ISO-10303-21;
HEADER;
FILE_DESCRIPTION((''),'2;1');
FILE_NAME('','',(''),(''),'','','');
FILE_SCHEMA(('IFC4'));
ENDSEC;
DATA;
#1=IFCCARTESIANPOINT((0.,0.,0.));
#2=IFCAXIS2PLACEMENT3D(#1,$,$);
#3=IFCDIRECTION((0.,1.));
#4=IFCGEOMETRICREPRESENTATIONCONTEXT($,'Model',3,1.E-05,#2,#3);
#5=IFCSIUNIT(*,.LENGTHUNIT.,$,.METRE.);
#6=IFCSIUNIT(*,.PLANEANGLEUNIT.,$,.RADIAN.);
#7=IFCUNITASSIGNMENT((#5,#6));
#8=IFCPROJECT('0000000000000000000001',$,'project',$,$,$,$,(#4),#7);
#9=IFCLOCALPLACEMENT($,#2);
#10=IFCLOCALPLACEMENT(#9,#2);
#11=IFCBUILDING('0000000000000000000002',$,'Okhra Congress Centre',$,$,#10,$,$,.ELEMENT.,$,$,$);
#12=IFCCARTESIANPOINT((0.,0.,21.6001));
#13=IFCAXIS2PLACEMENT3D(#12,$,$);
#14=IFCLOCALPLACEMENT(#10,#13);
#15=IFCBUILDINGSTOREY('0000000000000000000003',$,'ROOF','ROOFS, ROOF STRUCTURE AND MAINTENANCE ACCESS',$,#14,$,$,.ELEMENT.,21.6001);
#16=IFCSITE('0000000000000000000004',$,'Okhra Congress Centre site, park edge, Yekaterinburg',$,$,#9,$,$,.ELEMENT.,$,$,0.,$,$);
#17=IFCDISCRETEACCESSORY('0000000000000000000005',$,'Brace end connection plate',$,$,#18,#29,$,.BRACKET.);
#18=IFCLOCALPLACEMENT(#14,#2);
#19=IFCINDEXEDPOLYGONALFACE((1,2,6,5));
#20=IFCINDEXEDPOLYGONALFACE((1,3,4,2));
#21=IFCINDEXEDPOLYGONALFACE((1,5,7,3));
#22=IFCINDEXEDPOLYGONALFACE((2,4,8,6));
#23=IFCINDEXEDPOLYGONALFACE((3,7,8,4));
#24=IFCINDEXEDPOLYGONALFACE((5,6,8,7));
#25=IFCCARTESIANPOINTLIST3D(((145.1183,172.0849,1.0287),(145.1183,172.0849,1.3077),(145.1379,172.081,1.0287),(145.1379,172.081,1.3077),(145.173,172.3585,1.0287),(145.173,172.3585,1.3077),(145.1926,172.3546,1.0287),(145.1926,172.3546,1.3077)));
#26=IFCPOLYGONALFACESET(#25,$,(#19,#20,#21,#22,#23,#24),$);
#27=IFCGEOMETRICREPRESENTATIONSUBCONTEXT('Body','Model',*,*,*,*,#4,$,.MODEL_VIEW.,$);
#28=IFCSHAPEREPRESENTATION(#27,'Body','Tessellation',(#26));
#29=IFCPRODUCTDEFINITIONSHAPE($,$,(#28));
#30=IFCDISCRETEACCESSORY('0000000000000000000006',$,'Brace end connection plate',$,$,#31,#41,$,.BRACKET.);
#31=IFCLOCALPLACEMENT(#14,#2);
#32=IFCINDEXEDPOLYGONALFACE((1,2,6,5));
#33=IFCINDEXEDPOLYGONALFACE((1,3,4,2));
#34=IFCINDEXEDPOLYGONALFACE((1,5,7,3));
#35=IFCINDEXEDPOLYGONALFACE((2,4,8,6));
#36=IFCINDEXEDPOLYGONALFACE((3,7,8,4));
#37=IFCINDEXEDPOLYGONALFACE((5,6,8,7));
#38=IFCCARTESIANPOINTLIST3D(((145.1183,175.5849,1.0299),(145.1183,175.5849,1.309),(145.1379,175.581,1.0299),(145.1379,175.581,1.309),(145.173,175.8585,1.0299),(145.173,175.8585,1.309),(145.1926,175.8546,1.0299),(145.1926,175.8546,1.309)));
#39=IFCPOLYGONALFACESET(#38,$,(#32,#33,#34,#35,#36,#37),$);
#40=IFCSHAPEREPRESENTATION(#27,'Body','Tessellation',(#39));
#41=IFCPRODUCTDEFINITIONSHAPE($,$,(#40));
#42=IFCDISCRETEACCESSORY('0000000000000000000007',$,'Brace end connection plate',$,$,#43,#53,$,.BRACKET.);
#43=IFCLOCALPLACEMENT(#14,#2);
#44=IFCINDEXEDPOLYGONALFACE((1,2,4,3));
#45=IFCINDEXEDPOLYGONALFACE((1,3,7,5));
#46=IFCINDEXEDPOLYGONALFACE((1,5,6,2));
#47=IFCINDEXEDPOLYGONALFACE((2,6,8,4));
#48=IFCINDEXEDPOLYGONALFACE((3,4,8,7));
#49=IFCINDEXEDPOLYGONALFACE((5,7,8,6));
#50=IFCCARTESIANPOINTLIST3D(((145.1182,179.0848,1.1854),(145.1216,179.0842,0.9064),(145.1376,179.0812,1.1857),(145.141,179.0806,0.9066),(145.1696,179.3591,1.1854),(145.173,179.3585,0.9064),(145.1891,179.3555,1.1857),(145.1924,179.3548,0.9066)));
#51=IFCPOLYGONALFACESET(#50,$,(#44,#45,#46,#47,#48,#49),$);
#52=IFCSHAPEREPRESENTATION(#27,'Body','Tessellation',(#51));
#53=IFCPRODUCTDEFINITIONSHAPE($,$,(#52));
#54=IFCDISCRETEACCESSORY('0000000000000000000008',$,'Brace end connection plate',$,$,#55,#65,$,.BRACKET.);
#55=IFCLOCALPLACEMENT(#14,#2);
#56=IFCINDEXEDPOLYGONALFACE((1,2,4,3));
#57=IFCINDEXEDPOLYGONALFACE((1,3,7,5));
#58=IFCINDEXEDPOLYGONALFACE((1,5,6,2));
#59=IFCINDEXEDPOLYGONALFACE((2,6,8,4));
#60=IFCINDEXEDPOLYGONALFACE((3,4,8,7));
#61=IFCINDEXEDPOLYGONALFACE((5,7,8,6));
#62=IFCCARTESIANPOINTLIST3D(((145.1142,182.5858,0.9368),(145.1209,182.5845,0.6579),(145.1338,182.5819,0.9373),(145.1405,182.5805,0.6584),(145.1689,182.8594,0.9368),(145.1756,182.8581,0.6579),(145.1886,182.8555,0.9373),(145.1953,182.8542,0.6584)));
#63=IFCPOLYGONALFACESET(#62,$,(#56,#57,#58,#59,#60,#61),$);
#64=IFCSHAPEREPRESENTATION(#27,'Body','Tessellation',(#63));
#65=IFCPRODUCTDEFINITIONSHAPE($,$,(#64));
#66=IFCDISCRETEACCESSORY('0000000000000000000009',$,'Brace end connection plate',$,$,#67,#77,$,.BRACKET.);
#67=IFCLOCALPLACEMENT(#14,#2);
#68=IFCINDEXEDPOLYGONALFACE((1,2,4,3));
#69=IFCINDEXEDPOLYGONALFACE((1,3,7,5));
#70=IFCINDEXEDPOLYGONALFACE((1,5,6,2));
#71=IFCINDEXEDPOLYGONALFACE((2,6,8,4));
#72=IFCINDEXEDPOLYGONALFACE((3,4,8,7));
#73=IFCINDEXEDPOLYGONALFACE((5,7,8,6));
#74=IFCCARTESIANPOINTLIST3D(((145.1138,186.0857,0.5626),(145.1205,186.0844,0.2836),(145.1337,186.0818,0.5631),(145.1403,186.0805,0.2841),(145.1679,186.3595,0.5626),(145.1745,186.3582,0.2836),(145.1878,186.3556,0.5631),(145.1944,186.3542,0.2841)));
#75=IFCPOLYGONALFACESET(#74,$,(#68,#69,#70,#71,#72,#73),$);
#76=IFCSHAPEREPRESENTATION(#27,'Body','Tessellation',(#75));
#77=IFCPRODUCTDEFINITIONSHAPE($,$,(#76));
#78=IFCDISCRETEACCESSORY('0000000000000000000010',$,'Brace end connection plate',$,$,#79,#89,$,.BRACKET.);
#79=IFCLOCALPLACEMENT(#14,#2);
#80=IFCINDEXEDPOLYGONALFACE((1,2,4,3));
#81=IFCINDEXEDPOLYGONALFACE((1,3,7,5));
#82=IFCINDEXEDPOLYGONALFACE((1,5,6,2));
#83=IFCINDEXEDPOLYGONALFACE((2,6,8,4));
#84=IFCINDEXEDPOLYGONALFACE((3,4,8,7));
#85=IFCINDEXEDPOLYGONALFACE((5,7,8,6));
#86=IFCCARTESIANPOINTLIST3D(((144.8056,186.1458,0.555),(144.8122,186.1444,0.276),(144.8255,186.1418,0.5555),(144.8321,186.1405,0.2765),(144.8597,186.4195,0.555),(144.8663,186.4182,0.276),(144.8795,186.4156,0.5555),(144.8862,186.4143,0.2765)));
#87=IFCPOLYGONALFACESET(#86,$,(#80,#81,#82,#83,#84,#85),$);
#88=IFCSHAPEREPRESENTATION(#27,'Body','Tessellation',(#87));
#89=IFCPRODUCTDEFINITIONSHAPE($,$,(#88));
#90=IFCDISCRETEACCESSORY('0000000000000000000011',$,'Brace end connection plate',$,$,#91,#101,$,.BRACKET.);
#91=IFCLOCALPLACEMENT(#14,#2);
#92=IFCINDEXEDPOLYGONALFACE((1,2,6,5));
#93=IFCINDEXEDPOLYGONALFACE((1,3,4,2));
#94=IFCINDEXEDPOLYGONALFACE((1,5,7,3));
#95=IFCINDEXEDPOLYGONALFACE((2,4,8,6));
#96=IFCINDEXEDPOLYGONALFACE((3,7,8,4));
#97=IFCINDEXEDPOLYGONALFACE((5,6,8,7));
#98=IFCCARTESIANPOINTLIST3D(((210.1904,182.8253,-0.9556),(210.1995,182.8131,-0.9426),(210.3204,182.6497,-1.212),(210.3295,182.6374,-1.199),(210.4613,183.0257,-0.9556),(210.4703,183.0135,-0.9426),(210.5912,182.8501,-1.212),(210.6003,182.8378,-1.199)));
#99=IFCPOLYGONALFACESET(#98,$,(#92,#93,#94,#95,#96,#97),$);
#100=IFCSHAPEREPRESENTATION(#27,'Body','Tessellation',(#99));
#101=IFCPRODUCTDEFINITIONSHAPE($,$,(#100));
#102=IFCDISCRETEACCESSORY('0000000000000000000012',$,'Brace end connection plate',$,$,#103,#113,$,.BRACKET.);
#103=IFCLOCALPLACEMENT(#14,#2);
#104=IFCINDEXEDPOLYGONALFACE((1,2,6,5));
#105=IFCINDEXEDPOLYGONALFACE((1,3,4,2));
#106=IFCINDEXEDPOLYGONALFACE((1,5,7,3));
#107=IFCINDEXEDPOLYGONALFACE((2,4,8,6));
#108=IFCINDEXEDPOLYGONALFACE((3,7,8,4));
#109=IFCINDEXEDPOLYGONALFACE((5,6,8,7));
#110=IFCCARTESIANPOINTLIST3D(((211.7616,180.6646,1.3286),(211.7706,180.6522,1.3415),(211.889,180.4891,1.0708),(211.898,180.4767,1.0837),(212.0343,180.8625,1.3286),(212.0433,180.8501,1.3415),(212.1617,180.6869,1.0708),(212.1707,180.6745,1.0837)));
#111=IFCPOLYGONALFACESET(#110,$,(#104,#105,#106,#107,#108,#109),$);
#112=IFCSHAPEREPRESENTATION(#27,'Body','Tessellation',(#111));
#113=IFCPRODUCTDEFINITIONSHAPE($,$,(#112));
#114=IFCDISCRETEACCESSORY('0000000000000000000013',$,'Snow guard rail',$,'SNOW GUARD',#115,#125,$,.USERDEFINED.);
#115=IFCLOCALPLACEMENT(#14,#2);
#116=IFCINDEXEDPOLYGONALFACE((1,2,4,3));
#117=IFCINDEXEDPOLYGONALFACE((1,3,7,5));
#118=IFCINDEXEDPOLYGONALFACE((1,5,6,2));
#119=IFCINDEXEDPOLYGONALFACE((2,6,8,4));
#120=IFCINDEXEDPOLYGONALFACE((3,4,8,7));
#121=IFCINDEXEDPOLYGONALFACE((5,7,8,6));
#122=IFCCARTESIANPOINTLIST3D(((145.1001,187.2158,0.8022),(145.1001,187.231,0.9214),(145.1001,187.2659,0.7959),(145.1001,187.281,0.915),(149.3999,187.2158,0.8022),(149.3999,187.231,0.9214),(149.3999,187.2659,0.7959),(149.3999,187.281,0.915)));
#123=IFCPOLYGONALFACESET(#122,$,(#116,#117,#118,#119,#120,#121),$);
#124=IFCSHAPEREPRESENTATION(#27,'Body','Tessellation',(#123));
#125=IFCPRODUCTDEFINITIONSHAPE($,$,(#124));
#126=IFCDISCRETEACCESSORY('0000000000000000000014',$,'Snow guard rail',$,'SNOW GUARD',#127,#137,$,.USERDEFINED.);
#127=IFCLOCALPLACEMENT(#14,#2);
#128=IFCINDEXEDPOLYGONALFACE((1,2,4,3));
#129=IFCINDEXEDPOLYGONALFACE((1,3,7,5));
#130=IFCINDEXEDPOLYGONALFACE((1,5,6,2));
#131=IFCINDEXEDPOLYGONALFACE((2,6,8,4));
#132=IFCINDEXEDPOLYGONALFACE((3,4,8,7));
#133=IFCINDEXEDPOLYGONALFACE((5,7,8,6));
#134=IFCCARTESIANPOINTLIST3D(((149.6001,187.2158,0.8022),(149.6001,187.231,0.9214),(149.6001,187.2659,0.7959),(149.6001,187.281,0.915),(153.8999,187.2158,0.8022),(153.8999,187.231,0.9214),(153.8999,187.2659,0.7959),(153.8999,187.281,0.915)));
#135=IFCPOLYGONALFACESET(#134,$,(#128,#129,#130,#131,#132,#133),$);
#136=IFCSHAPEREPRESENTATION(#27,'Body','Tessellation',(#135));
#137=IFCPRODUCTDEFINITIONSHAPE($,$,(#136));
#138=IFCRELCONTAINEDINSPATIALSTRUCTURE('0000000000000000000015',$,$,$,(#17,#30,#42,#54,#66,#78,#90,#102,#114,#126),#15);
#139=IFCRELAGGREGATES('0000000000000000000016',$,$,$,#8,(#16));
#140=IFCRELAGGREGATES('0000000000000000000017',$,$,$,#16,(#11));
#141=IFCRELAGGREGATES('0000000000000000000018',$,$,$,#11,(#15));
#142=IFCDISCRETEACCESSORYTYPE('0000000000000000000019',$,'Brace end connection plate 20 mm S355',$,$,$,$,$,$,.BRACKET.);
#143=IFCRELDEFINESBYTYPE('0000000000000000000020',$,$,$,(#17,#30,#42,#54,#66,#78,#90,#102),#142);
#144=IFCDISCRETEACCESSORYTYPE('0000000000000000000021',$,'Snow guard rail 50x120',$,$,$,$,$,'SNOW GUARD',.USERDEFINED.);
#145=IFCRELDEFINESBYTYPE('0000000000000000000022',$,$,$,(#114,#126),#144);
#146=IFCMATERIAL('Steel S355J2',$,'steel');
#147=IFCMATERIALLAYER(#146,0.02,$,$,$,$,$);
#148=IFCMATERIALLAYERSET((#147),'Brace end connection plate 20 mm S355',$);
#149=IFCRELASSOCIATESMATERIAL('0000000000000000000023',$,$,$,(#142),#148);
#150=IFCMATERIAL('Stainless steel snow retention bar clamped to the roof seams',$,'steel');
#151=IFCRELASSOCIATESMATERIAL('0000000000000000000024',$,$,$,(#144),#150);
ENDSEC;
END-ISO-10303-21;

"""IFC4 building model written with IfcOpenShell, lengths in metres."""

from ifc_helpers import new_model, si_unit, direction, frame, origin, origin_2d, place, context, subcontext, project, spatial, polyline, rectangle, outline, extrude, material, layer, layer_set, type_object, element, save


model = new_model("IFC4")

# Units and contexts
model_context = context("Model", 3, precision=1e-05, world=origin(), true_north=direction((0.0, 1.0)))
body_context = subcontext(model_context, "Body", "Model", "MODEL_VIEW")
ifc_project = project(units=[si_unit("LENGTHUNIT", "METRE"), si_unit("PLANEANGLEUNIT", "RADIAN")], contexts=[model_context])

# Site, building, storey
site_placement = place(None, origin())
site = spatial("IfcSite", under=ifc_project, at=site_placement, Name="Okhra Congress Centre site, park edge, Yekaterinburg", CompositionType="ELEMENT", RefElevation=0.0)
building_placement = place(site_placement, origin())
building = spatial("IfcBuilding", under=site, at=building_placement, Name="Okhra Congress Centre", CompositionType="ELEMENT")
storey_placement = place(building_placement, frame((0.0, 0.0, 21.6001)))
storey = spatial("IfcBuildingStorey", under=building, at=storey_placement, Name="ROOF", Description="ROOFS, ROOF STRUCTURE AND MAINTENANCE ACCESS", CompositionType="ELEMENT", Elevation=21.6001)

# Shared definitions
ifc_material_1 = material(Name="Steel S355J2", Category="steel")

# Discrete accessories
ifc_layer_1 = layer(ifc_material_1, 0.02)
ifc_layer_set_1 = layer_set([ifc_layer_1], Name="Brace end connection plate 20 mm S355")
discrete_accessory_type_1 = type_object("IfcDiscreteAccessoryType", Name="Brace end connection plate 20 mm S355", PredefinedType="BRACKET", material=ifc_layer_set_1)
for number, where, z_axis, x_axis, name in (
    (1, (145.1653, 172.2178, 1.1682), (-0.980581, 0.196116, 0.0), (-0.196116, -0.980581, 0.0), "Brace end connection plate"),
    (2, (145.1653, 175.7178, 1.1694), (-0.980581, 0.196116, 0.0), (-0.196116, -0.980581, 0.0), "Brace end connection plate"),
):
    element("IfcDiscreteAccessory", number, at=place(storey_placement, frame(where, z_axis=z_axis, x_axis=x_axis)), inside=storey, type_object=discrete_accessory_type_1, Name=name, PredefinedType="BRACKET", context=body_context, shape_type="SweptSolid", body=[
        extrude(rectangle(XDim=0.2791, YDim=0.2791, at=origin_2d()), origin(), (0.0, 0.0, 1.0), 0.02),
    ])
discrete_accessory_1_placement = place(storey_placement, frame((145.165, 179.218, 1.0461), z_axis=(-0.982798, 0.184275, -0.012285), x_axis=(-0.184289, -0.982872, 0.0)))
element("IfcDiscreteAccessory", 3, at=discrete_accessory_1_placement, inside=storey, type_object=discrete_accessory_type_1, Name="Brace end connection plate", PredefinedType="BRACKET", context=body_context, shape_type="SweptSolid", body=[
    extrude(rectangle(XDim=0.2791, YDim=0.2791, at=origin_2d()), origin(), (0.0, 0.0, 1.0), 0.0198),
])
discrete_accessory_2_placement = place(storey_placement, frame((145.1646, 182.718, 0.7979), z_axis=(-0.980286, 0.196057, -0.024507), x_axis=(-0.196116, -0.980581, 0.0)))
element("IfcDiscreteAccessory", 4, at=discrete_accessory_2_placement, inside=storey, type_object=discrete_accessory_type_1, Name="Brace end connection plate", PredefinedType="BRACKET", context=body_context, shape_type="SweptSolid", body=[
    extrude(rectangle(XDim=0.2791, YDim=0.2791, at=origin_2d()), origin(), (0.0, 0.0, 1.0), 0.02),
])
for number, where, z_axis, x_axis, name in (
    (5, (145.1641, 186.218, 0.4236), (-0.980756, 0.19373, -0.024216), (-0.193786, -0.981044, 0.0), "Brace end connection plate"),
    (6, (144.8359, 186.282, 0.4155), (0.980756, -0.19373, 0.024216), (0.193786, 0.981044, 0.0), "Brace end connection plate"),
):
    element("IfcDiscreteAccessory", number, at=place(storey_placement, frame(where, z_axis=z_axis, x_axis=x_axis)), inside=storey, type_object=discrete_accessory_type_1, Name=name, PredefinedType="BRACKET", context=body_context, shape_type="SweptSolid", body=[
        extrude(rectangle(XDim=0.2791, YDim=0.2791, at=origin_2d()), origin(), (0.0, 0.0, 1.0), 0.0203),
    ])
for number, where, z_axis, x_axis, name in (
    (7, (210.3999, 182.8254, -1.0708), (-0.452771, 0.611853, -0.648564), (-0.803842, -0.594843, 0.0), "Brace end connection plate"),
    (8, (211.9617, 180.6758, 1.1997), (0.449385, -0.619423, 0.643714), (0.809422, 0.587228, 0.0), "Brace end connection plate"),
):
    element("IfcDiscreteAccessory", number, at=place(storey_placement, frame(where, z_axis=z_axis, x_axis=x_axis)), inside=storey, type_object=discrete_accessory_type_1, Name=name, PredefinedType="BRACKET", context=body_context, shape_type="SweptSolid", body=[
        extrude(rectangle(XDim=0.3369, YDim=0.3369, at=origin_2d()), origin(), (0.0, 0.0, 1.0), 0.02),
    ])
ifc_material_2 = material(Name="Stainless steel snow retention bar clamped to the roof seams", Category="steel")
discrete_accessory_type_2 = type_object("IfcDiscreteAccessoryType", Name="Snow guard rail 50x120", ElementType="SNOW GUARD", PredefinedType="USERDEFINED", material=ifc_material_2)
for number, where, z_axis, x_axis, name in (
    (9, (145.1001, 187.231, 0.9214), (0.0, 0.125821, 0.992053), (1.0, 0.0, 0.0), "Snow guard rail"),
    (10, (149.6001, 187.231, 0.9214), (0.0, 0.125821, 0.992053), (1.0, 0.0, 0.0), "Snow guard rail"),
):
    element("IfcDiscreteAccessory", number, at=place(storey_placement, frame(where, z_axis=z_axis, x_axis=x_axis)), inside=storey, type_object=discrete_accessory_type_2, Name=name, ObjectType="SNOW GUARD", PredefinedType="USERDEFINED", context=body_context, shape_type="SweptSolid", body=[
        extrude(outline(polyline([(0.0, 0.0), (4.2998, 0.0), (4.2998, 0.0504), (0.0, 0.0504), (0.0, 0.0)])), origin(), (0.0, 0.0, -1.0), 0.1201),
    ])

save(model, "model.ifc")
